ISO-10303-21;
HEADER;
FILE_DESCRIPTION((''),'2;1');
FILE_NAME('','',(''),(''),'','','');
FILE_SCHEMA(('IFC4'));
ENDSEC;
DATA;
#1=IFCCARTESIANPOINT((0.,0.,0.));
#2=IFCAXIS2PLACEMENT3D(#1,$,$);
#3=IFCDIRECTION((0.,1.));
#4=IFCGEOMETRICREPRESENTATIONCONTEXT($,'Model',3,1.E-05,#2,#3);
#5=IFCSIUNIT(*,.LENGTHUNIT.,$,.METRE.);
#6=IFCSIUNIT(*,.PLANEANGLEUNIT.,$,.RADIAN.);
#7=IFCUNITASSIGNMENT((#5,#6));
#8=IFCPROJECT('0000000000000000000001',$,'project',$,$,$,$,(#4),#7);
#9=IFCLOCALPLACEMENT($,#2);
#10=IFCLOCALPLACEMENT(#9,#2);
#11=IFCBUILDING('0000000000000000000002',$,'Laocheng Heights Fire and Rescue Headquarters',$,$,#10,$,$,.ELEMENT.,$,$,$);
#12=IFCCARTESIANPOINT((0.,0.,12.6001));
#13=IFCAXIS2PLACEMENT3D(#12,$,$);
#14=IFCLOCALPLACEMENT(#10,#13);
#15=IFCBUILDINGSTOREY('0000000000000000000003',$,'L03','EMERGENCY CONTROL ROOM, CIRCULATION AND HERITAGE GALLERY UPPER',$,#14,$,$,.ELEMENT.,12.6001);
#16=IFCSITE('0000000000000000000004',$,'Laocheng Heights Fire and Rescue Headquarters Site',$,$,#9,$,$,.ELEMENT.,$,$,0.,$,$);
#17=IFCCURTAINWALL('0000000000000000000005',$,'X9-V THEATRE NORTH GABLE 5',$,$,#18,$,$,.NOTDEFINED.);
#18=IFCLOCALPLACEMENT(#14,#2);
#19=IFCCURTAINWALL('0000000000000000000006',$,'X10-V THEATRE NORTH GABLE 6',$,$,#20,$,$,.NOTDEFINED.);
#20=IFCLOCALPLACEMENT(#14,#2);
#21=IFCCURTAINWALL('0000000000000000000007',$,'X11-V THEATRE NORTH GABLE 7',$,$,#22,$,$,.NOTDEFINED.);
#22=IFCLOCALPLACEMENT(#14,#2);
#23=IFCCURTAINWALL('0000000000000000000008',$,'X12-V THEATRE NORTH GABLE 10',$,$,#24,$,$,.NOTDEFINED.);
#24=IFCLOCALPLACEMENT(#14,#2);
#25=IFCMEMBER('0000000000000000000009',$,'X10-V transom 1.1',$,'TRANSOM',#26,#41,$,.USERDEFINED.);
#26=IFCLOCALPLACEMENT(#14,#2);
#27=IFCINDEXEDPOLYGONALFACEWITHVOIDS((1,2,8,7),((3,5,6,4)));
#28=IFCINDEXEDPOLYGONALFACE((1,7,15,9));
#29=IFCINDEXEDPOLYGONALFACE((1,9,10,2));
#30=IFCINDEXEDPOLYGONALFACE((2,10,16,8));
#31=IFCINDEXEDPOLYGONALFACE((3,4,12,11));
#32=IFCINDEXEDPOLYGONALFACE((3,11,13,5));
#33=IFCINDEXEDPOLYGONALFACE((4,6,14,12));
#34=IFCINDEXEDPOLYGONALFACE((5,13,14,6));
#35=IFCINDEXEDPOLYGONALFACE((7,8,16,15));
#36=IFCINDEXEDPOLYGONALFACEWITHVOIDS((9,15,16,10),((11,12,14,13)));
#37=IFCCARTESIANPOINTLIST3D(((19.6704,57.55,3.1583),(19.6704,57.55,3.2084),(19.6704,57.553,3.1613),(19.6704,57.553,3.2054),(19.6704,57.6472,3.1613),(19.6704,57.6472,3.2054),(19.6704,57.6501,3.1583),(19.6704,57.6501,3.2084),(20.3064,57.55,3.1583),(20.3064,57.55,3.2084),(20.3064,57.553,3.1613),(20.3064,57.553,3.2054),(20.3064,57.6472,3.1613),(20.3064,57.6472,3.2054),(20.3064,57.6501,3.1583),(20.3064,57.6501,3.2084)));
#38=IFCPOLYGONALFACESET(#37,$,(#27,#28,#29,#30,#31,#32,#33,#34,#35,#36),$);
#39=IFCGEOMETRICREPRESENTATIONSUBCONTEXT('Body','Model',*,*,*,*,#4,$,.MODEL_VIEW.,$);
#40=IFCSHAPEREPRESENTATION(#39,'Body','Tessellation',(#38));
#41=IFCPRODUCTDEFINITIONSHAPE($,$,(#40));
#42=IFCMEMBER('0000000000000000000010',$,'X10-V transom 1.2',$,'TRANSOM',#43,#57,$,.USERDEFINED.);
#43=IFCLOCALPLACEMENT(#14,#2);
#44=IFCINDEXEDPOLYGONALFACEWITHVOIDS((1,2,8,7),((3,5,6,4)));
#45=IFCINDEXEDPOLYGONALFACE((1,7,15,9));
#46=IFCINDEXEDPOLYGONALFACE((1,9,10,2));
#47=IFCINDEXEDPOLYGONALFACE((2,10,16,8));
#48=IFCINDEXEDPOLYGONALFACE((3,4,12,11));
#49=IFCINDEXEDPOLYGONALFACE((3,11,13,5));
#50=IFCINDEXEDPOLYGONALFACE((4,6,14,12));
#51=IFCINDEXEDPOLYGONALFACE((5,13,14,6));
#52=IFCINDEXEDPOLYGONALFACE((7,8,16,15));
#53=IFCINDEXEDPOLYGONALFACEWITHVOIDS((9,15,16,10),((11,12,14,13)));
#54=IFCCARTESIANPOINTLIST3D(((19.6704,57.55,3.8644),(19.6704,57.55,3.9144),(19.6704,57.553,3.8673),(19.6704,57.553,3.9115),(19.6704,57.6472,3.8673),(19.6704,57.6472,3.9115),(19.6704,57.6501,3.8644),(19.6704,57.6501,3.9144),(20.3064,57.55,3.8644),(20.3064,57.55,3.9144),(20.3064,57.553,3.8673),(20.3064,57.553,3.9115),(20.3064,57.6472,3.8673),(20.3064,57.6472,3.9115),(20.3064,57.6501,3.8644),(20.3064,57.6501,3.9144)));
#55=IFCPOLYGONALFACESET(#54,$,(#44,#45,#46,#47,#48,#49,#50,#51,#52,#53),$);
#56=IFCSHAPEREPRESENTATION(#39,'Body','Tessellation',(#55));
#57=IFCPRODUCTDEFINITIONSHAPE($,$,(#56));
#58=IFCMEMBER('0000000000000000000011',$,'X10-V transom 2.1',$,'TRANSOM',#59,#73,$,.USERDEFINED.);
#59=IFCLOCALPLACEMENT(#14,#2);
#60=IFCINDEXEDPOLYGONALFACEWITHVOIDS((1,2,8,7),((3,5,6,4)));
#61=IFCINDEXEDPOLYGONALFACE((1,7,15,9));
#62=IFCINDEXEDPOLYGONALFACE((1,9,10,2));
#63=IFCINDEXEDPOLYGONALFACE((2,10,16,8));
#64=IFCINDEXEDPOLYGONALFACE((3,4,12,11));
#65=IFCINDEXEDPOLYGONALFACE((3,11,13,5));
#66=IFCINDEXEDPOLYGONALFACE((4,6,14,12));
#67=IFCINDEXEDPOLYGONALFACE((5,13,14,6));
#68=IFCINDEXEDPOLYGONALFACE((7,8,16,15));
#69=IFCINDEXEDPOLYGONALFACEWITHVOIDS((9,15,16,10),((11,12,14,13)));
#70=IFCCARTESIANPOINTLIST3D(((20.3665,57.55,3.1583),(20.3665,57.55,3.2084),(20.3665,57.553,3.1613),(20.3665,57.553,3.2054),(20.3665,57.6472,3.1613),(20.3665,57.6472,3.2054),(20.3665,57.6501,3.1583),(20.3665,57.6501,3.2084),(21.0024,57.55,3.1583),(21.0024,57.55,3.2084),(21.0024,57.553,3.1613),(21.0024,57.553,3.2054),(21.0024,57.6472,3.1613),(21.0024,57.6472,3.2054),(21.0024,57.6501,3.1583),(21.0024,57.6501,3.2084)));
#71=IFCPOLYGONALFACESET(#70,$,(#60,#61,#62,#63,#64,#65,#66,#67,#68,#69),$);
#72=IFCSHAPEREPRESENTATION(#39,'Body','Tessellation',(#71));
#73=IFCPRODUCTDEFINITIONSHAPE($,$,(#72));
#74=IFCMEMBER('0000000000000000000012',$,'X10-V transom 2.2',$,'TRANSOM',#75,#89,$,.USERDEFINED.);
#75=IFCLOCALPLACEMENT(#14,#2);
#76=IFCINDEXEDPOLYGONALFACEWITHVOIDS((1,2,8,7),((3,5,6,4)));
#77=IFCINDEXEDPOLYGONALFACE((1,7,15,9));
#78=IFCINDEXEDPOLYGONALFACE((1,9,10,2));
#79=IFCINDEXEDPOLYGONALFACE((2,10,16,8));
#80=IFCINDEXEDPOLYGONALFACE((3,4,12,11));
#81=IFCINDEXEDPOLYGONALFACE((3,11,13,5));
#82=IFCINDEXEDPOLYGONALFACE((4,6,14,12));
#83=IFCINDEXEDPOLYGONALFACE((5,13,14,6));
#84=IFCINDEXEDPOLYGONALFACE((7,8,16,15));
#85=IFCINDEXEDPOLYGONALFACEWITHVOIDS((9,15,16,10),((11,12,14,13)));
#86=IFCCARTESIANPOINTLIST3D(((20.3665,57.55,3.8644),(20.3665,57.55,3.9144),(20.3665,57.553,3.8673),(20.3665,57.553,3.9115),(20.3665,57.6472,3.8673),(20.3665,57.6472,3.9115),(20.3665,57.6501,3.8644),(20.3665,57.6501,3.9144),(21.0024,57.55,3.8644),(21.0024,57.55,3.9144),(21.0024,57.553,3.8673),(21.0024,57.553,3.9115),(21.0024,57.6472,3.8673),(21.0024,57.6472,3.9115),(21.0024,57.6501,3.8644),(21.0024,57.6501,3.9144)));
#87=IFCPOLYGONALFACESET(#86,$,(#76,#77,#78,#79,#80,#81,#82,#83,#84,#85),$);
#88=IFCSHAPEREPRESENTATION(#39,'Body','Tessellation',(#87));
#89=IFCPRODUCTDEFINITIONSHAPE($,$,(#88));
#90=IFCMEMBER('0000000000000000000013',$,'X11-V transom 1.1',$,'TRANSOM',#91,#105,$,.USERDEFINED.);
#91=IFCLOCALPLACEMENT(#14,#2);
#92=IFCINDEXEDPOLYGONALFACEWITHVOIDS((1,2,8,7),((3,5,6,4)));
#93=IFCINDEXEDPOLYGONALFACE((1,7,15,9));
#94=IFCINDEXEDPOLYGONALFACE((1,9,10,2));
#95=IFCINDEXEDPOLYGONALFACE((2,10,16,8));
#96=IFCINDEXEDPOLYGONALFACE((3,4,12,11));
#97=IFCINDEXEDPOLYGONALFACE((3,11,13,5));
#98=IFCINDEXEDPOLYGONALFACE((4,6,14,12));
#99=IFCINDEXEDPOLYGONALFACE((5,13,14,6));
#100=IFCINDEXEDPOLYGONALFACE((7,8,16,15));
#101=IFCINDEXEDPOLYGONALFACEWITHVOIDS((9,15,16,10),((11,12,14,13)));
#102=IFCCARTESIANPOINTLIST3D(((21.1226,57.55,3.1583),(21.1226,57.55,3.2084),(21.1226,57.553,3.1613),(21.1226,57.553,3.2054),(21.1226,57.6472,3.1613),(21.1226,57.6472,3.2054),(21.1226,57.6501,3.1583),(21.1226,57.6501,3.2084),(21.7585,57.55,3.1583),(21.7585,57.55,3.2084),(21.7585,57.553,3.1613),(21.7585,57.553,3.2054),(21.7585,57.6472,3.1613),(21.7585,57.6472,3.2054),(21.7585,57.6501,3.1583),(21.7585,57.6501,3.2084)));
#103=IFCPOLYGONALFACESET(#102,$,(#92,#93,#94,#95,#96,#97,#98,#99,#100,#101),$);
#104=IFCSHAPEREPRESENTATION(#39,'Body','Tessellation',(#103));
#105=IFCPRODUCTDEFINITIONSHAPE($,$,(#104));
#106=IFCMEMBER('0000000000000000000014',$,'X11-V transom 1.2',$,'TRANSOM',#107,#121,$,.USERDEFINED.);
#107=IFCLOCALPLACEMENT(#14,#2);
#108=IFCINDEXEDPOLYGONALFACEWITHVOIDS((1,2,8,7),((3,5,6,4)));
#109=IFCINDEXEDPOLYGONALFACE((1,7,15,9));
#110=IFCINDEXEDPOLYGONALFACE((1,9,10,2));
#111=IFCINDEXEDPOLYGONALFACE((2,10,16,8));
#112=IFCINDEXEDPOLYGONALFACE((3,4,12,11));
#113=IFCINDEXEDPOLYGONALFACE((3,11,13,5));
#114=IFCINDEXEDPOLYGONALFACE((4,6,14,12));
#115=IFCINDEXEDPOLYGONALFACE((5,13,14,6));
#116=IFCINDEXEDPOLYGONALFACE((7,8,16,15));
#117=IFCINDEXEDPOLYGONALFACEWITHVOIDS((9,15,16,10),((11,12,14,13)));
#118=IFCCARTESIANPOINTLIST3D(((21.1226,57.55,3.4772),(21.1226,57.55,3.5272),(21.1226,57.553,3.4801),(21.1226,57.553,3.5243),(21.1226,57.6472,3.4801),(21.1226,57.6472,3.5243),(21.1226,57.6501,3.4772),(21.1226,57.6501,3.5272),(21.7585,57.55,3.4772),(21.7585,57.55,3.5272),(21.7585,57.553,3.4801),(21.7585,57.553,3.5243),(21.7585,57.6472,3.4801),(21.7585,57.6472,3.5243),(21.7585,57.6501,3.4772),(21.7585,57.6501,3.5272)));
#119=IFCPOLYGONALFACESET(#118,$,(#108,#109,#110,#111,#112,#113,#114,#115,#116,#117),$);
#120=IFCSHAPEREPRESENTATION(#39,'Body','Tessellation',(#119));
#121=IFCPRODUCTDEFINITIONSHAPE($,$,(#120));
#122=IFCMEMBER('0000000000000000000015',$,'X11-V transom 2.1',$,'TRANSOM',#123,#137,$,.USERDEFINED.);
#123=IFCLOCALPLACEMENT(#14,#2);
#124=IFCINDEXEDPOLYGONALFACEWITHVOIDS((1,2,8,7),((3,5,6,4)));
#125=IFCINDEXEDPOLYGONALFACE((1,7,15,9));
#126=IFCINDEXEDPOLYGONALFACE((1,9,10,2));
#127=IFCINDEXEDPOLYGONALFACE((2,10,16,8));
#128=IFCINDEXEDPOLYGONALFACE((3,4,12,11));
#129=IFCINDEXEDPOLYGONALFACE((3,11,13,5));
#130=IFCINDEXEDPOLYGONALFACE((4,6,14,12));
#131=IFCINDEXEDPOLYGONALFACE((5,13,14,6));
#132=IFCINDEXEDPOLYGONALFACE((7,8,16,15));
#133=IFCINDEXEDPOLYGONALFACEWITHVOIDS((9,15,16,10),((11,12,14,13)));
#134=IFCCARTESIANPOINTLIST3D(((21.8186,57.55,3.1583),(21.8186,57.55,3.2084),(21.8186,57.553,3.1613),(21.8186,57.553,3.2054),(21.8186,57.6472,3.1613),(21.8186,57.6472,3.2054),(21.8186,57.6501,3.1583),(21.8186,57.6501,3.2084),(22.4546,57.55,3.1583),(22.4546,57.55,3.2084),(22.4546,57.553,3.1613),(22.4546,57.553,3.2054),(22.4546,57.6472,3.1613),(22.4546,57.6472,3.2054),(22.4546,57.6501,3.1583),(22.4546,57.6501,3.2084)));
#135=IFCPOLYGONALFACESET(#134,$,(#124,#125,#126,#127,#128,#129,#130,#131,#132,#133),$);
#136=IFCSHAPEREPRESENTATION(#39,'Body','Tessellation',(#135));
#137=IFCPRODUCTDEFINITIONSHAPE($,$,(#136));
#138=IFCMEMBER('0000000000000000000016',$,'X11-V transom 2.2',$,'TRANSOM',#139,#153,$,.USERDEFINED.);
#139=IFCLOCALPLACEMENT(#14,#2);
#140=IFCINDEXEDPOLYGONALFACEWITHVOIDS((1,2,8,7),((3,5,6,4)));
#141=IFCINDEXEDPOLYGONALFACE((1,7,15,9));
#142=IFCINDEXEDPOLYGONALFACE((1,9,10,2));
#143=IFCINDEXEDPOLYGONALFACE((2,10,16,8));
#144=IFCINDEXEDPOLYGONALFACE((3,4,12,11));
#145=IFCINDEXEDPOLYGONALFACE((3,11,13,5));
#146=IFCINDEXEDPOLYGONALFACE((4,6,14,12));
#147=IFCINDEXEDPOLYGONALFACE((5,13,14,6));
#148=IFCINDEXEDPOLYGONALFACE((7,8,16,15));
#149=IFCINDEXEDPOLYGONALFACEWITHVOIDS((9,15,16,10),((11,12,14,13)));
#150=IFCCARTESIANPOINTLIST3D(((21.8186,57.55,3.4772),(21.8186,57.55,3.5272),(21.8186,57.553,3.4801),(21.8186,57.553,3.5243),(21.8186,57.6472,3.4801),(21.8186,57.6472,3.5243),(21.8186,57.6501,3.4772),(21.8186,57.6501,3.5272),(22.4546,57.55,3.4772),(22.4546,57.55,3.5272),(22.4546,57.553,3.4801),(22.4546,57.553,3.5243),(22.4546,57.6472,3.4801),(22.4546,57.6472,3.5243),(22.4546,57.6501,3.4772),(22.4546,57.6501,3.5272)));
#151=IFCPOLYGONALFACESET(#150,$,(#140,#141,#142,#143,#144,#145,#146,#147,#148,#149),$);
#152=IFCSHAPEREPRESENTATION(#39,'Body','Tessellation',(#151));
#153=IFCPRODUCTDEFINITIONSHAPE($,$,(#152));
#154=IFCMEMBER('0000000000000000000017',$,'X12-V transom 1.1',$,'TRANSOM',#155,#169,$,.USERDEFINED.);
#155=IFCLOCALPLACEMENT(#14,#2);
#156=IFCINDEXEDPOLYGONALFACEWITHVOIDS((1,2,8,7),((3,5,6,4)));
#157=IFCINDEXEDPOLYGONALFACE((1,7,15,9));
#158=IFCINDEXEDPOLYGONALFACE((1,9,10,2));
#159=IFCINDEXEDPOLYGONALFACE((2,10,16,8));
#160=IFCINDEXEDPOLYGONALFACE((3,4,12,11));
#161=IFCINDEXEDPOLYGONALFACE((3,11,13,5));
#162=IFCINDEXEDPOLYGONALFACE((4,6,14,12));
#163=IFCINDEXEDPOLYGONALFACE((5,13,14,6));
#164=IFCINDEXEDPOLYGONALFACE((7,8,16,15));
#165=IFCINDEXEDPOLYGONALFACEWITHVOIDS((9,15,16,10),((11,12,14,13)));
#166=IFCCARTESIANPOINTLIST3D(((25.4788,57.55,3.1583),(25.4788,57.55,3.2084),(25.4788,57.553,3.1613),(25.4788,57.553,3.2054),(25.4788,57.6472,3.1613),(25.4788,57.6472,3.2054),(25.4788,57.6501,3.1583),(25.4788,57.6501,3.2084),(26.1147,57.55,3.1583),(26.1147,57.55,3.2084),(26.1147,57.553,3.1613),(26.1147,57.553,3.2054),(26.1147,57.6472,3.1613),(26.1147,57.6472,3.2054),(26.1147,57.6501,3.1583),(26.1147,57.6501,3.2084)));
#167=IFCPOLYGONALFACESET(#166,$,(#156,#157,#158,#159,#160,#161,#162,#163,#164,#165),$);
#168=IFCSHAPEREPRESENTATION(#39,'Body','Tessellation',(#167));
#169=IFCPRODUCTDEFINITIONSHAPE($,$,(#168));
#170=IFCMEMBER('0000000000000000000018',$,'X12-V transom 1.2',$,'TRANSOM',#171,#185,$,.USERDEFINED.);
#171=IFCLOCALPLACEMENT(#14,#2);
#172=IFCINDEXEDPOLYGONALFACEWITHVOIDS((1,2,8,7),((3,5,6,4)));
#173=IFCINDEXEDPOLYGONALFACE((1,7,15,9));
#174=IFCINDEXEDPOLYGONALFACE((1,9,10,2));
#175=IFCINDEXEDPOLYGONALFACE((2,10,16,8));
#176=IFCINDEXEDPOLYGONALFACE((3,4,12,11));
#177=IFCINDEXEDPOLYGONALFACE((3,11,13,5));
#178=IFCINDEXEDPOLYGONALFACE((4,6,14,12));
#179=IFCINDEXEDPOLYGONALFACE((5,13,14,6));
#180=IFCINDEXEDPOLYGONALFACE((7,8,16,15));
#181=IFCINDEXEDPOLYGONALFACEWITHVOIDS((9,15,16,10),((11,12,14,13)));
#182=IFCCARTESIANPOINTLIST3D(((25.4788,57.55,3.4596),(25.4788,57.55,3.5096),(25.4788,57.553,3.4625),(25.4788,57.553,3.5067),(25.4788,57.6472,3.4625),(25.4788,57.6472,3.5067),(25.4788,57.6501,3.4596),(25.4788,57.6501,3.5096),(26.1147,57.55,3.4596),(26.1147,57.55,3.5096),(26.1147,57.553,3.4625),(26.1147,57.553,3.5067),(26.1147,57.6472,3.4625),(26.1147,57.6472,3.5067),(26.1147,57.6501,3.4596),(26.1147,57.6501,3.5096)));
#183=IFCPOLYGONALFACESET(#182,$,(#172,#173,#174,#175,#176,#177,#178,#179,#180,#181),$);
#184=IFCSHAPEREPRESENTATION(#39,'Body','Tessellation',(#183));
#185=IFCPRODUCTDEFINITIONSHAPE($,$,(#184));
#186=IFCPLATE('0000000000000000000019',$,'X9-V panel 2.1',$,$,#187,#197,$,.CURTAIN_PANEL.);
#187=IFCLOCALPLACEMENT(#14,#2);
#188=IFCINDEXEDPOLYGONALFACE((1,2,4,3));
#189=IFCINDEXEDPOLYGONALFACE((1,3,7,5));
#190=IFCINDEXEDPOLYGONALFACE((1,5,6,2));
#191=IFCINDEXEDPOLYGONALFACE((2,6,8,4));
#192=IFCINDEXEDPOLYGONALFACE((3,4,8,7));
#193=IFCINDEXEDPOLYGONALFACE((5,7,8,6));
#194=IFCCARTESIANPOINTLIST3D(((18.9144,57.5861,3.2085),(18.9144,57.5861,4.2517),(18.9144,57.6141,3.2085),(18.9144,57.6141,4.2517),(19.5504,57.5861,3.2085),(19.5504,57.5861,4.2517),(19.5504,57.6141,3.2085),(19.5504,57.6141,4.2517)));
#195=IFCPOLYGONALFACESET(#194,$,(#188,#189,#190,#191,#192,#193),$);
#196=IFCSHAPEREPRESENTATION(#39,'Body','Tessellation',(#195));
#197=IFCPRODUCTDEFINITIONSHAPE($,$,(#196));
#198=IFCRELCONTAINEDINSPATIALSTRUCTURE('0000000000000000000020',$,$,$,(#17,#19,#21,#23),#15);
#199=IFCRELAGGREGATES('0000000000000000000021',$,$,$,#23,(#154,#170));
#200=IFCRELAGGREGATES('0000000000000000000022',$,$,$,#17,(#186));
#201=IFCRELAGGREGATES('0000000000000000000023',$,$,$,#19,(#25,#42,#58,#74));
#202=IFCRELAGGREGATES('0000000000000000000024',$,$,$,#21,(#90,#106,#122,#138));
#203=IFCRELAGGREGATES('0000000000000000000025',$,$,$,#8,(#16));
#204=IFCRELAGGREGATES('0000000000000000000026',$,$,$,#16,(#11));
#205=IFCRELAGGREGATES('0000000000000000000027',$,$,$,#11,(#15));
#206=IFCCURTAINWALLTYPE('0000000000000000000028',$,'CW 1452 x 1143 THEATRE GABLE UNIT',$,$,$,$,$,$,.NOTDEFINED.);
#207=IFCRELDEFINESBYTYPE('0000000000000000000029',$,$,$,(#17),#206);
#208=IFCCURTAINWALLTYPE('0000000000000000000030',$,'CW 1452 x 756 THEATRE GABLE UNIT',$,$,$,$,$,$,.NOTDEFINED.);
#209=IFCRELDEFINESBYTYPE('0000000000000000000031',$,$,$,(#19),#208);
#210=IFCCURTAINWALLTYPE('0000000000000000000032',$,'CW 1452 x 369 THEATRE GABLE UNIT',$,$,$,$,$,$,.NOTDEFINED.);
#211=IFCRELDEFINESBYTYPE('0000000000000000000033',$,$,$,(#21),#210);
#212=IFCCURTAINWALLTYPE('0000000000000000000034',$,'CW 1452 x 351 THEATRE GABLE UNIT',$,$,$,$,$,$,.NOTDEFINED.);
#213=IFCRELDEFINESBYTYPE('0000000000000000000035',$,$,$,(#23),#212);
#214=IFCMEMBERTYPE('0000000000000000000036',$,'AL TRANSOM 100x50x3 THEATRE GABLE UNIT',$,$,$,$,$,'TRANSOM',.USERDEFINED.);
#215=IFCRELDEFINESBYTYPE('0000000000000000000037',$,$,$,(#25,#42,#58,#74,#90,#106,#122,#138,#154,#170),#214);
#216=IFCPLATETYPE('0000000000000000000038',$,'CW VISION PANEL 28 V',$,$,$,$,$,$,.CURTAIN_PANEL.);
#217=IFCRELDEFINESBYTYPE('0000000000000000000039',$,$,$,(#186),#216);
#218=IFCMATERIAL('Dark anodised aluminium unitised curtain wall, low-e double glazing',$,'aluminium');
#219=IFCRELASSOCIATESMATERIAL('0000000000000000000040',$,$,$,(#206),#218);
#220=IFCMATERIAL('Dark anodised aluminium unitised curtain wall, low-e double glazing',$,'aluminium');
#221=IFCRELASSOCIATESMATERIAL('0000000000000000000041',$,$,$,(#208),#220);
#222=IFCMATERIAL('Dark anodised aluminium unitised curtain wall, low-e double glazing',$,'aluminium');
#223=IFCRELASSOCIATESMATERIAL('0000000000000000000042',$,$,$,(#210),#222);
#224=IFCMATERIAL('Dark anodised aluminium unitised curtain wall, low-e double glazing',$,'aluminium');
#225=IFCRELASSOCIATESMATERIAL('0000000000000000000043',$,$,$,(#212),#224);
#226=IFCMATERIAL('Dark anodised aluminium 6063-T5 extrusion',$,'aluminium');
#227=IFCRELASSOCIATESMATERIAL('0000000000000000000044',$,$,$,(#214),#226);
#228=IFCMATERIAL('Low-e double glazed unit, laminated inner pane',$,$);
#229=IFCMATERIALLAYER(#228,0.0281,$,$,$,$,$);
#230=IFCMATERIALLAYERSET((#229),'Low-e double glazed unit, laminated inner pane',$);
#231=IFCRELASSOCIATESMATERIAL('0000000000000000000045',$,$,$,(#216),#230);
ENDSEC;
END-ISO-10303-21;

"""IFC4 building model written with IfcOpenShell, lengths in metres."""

from ifc_helpers import new_model, si_unit, direction, frame, origin, origin_2d, place, context, subcontext, project, spatial, rectangle, hollow_rectangle, extrude, material, layer, layer_set, material_profile, profile_set, type_object, element, aggregate, save


model = new_model("IFC4")

# Units and contexts
model_context = context("Model", 3, precision=1e-05, world=origin(), true_north=direction((0.0, 1.0)))
body_context = subcontext(model_context, "Body", "Model", "MODEL_VIEW")
ifc_project = project(units=[si_unit("LENGTHUNIT", "METRE"), si_unit("PLANEANGLEUNIT", "RADIAN")], contexts=[model_context])

# Site, building, storey
site_placement = place(None, origin())
site = spatial("IfcSite", under=ifc_project, at=site_placement, Name="Laocheng Heights Fire and Rescue Headquarters Site", CompositionType="ELEMENT", RefElevation=0.0)
building_placement = place(site_placement, origin())
building = spatial("IfcBuilding", under=site, at=building_placement, Name="Laocheng Heights Fire and Rescue Headquarters", CompositionType="ELEMENT")
storey_placement = place(building_placement, frame((0.0, 0.0, 12.6001)))
storey = spatial("IfcBuildingStorey", under=building, at=storey_placement, Name="L03", Description="EMERGENCY CONTROL ROOM, CIRCULATION AND HERITAGE GALLERY UPPER", CompositionType="ELEMENT", Elevation=12.6001)

# Curtain walls
ifc_material_1 = material(Name="Dark anodised aluminium unitised curtain wall, low-e double glazing", Category="aluminium")
curtain_wall_type_1 = type_object("IfcCurtainWallType", Name="CW 1452 x 1143 THEATRE GABLE UNIT", PredefinedType="NOTDEFINED", material=ifc_material_1)
curtain_wall_1_placement = place(storey_placement, origin())
curtain_wall_1 = element("IfcCurtainWall", 1, at=curtain_wall_1_placement, inside=storey, type_object=curtain_wall_type_1, Name="X9-V THEATRE NORTH GABLE 5", PredefinedType="NOTDEFINED")
ifc_material_2 = material(Name="Dark anodised aluminium unitised curtain wall, low-e double glazing", Category="aluminium")
curtain_wall_type_2 = type_object("IfcCurtainWallType", Name="CW 1452 x 756 THEATRE GABLE UNIT", PredefinedType="NOTDEFINED", material=ifc_material_2)
curtain_wall_2_placement = place(storey_placement, origin())
curtain_wall_2 = element("IfcCurtainWall", 2, at=curtain_wall_2_placement, inside=storey, type_object=curtain_wall_type_2, Name="X10-V THEATRE NORTH GABLE 6", PredefinedType="NOTDEFINED")
ifc_material_3 = material(Name="Dark anodised aluminium unitised curtain wall, low-e double glazing", Category="aluminium")
curtain_wall_type_3 = type_object("IfcCurtainWallType", Name="CW 1452 x 369 THEATRE GABLE UNIT", PredefinedType="NOTDEFINED", material=ifc_material_3)
curtain_wall_3_placement = place(storey_placement, origin())
curtain_wall_3 = element("IfcCurtainWall", 3, at=curtain_wall_3_placement, inside=storey, type_object=curtain_wall_type_3, Name="X11-V THEATRE NORTH GABLE 7", PredefinedType="NOTDEFINED")

# Curtain wall
ifc_material_4 = material(Name="Dark anodised aluminium unitised curtain wall, low-e double glazing", Category="aluminium")
curtain_wall_type_4 = type_object("IfcCurtainWallType", Name="CW 1452 x 351 THEATRE GABLE UNIT", PredefinedType="NOTDEFINED", material=ifc_material_4)
curtain_wall_4_placement = place(storey_placement, origin())
curtain_wall_4 = element("IfcCurtainWall", 4, at=curtain_wall_4_placement, inside=storey, type_object=curtain_wall_type_4, Name="X12-V THEATRE NORTH GABLE 10", PredefinedType="NOTDEFINED")

# Members
ifc_material_5 = material(Name="Dark anodised aluminium 6063-T5 extrusion", Category="aluminium")
ifc_material_profile_1 = material_profile(ifc_material_5, hollow_rectangle(XDim=0.1001, YDim=0.05, WallThickness=0.0029, at=origin_2d()), Name="AL TRANSOM 100x50x3 THEATRE GABLE UNIT")
ifc_profile_set_1 = profile_set([ifc_material_profile_1], Name="Dark anodised aluminium 6063-T5 extrusion")
member_type_1 = type_object("IfcMemberType", Name="AL TRANSOM 100x50x3 THEATRE GABLE UNIT", ElementType="TRANSOM", PredefinedType="USERDEFINED", material=ifc_profile_set_1)
member_1_placement = place(storey_placement, frame((19.6704, 57.6001, 3.1833), z_axis=(1.0, 0.0, 0.0), x_axis=(0.0, 1.0, 0.0)))
member_1 = element("IfcMember", 5, at=member_1_placement, type_object=member_type_1, Name="X10-V transom 1.1", ObjectType="TRANSOM", PredefinedType="USERDEFINED", context=body_context, shape_type="SweptSolid", body=[
    extrude(hollow_rectangle(XDim=0.1001, YDim=0.05, WallThickness=0.0029, at=origin_2d()), origin(), (0.0, 0.0, 1.0), 0.636),
])
member_2_placement = place(storey_placement, frame((19.6704, 57.6001, 3.8894), z_axis=(1.0, 0.0, 0.0), x_axis=(0.0, 1.0, 0.0)))
member_2 = element("IfcMember", 6, at=member_2_placement, type_object=member_type_1, Name="X10-V transom 1.2", ObjectType="TRANSOM", PredefinedType="USERDEFINED", context=body_context, shape_type="SweptSolid", body=[
    extrude(hollow_rectangle(XDim=0.1001, YDim=0.05, WallThickness=0.0029, at=origin_2d()), origin(), (0.0, 0.0, 1.0), 0.636),
])
member_3_placement = place(storey_placement, frame((20.3665, 57.6001, 3.1833), z_axis=(1.0, 0.0, 0.0), x_axis=(0.0, 1.0, 0.0)))
member_3 = element("IfcMember", 7, at=member_3_placement, type_object=member_type_1, Name="X10-V transom 2.1", ObjectType="TRANSOM", PredefinedType="USERDEFINED", context=body_context, shape_type="SweptSolid", body=[
    extrude(hollow_rectangle(XDim=0.1001, YDim=0.05, WallThickness=0.0029, at=origin_2d()), origin(), (0.0, 0.0, 1.0), 0.636),
])
member_4_placement = place(storey_placement, frame((20.3665, 57.6001, 3.8894), z_axis=(1.0, 0.0, 0.0), x_axis=(0.0, 1.0, 0.0)))
member_4 = element("IfcMember", 8, at=member_4_placement, type_object=member_type_1, Name="X10-V transom 2.2", ObjectType="TRANSOM", PredefinedType="USERDEFINED", context=body_context, shape_type="SweptSolid", body=[
    extrude(hollow_rectangle(XDim=0.1001, YDim=0.05, WallThickness=0.0029, at=origin_2d()), origin(), (0.0, 0.0, 1.0), 0.636),
])
member_5_placement = place(storey_placement, frame((21.1226, 57.6001, 3.1833), z_axis=(1.0, 0.0, 0.0), x_axis=(0.0, 1.0, 0.0)))
member_5 = element("IfcMember", 9, at=member_5_placement, type_object=member_type_1, Name="X11-V transom 1.1", ObjectType="TRANSOM", PredefinedType="USERDEFINED", context=body_context, shape_type="SweptSolid", body=[
    extrude(hollow_rectangle(XDim=0.1001, YDim=0.05, WallThickness=0.0029, at=origin_2d()), origin(), (0.0, 0.0, 1.0), 0.636),
])
member_6_placement = place(storey_placement, frame((21.1226, 57.6001, 3.5022), z_axis=(1.0, 0.0, 0.0), x_axis=(0.0, 1.0, 0.0)))
member_6 = element("IfcMember", 10, at=member_6_placement, type_object=member_type_1, Name="X11-V transom 1.2", ObjectType="TRANSOM", PredefinedType="USERDEFINED", context=body_context, shape_type="SweptSolid", body=[
    extrude(hollow_rectangle(XDim=0.1001, YDim=0.05, WallThickness=0.0029, at=origin_2d()), origin(), (0.0, 0.0, 1.0), 0.636),
])
member_7_placement = place(storey_placement, frame((21.8186, 57.6001, 3.1833), z_axis=(1.0, 0.0, 0.0), x_axis=(0.0, 1.0, 0.0)))
member_7 = element("IfcMember", 11, at=member_7_placement, type_object=member_type_1, Name="X11-V transom 2.1", ObjectType="TRANSOM", PredefinedType="USERDEFINED", context=body_context, shape_type="SweptSolid", body=[
    extrude(hollow_rectangle(XDim=0.1001, YDim=0.05, WallThickness=0.0029, at=origin_2d()), origin(), (0.0, 0.0, 1.0), 0.636),
])
member_8_placement = place(storey_placement, frame((21.8186, 57.6001, 3.5022), z_axis=(1.0, 0.0, 0.0), x_axis=(0.0, 1.0, 0.0)))
member_8 = element("IfcMember", 12, at=member_8_placement, type_object=member_type_1, Name="X11-V transom 2.2", ObjectType="TRANSOM", PredefinedType="USERDEFINED", context=body_context, shape_type="SweptSolid", body=[
    extrude(hollow_rectangle(XDim=0.1001, YDim=0.05, WallThickness=0.0029, at=origin_2d()), origin(), (0.0, 0.0, 1.0), 0.636),
])
member_9_placement = place(storey_placement, frame((25.4788, 57.6001, 3.1833), z_axis=(1.0, 0.0, 0.0), x_axis=(0.0, 1.0, 0.0)))
member_9 = element("IfcMember", 13, at=member_9_placement, type_object=member_type_1, Name="X12-V transom 1.1", ObjectType="TRANSOM", PredefinedType="USERDEFINED", context=body_context, shape_type="SweptSolid", body=[
    extrude(hollow_rectangle(XDim=0.1001, YDim=0.05, WallThickness=0.0029, at=origin_2d()), origin(), (0.0, 0.0, 1.0), 0.636),
])
member_10_placement = place(storey_placement, frame((25.4788, 57.6001, 3.4846), z_axis=(1.0, 0.0, 0.0), x_axis=(0.0, 1.0, 0.0)))
member_10 = element("IfcMember", 14, at=member_10_placement, type_object=member_type_1, Name="X12-V transom 1.2", ObjectType="TRANSOM", PredefinedType="USERDEFINED", context=body_context, shape_type="SweptSolid", body=[
    extrude(hollow_rectangle(XDim=0.1001, YDim=0.05, WallThickness=0.0029, at=origin_2d()), origin(), (0.0, 0.0, 1.0), 0.636),
])
aggregate(curtain_wall_4, [member_9, member_10])

# Plate
ifc_material_6 = material(Name="Low-e double glazed unit, laminated inner pane")
ifc_layer_1 = layer(ifc_material_6, 0.0281)
ifc_layer_set_1 = layer_set([ifc_layer_1], Name="Low-e double glazed unit, laminated inner pane")
plate_type = type_object("IfcPlateType", Name="CW VISION PANEL 28 V", PredefinedType="CURTAIN_PANEL", material=ifc_layer_set_1)
plate_1_placement = place(storey_placement, frame((19.2324, 57.6001, 3.2085), z_axis=(0.0, 0.0, 1.0), x_axis=(1.0, 0.0, 0.0)))
plate_1 = element("IfcPlate", 15, at=plate_1_placement, type_object=plate_type, Name="X9-V panel 2.1", PredefinedType="CURTAIN_PANEL", context=body_context, shape_type="SweptSolid", body=[
    extrude(rectangle(XDim=0.636, YDim=0.0281, at=origin_2d()), origin(), (0.0, 0.0, 1.0), 1.0432),
])
aggregate(curtain_wall_1, [plate_1])
aggregate(curtain_wall_2, [member_1, member_2, member_3, member_4])
aggregate(curtain_wall_3, [member_5, member_6, member_7, member_8])

save(model, "model.ifc")
